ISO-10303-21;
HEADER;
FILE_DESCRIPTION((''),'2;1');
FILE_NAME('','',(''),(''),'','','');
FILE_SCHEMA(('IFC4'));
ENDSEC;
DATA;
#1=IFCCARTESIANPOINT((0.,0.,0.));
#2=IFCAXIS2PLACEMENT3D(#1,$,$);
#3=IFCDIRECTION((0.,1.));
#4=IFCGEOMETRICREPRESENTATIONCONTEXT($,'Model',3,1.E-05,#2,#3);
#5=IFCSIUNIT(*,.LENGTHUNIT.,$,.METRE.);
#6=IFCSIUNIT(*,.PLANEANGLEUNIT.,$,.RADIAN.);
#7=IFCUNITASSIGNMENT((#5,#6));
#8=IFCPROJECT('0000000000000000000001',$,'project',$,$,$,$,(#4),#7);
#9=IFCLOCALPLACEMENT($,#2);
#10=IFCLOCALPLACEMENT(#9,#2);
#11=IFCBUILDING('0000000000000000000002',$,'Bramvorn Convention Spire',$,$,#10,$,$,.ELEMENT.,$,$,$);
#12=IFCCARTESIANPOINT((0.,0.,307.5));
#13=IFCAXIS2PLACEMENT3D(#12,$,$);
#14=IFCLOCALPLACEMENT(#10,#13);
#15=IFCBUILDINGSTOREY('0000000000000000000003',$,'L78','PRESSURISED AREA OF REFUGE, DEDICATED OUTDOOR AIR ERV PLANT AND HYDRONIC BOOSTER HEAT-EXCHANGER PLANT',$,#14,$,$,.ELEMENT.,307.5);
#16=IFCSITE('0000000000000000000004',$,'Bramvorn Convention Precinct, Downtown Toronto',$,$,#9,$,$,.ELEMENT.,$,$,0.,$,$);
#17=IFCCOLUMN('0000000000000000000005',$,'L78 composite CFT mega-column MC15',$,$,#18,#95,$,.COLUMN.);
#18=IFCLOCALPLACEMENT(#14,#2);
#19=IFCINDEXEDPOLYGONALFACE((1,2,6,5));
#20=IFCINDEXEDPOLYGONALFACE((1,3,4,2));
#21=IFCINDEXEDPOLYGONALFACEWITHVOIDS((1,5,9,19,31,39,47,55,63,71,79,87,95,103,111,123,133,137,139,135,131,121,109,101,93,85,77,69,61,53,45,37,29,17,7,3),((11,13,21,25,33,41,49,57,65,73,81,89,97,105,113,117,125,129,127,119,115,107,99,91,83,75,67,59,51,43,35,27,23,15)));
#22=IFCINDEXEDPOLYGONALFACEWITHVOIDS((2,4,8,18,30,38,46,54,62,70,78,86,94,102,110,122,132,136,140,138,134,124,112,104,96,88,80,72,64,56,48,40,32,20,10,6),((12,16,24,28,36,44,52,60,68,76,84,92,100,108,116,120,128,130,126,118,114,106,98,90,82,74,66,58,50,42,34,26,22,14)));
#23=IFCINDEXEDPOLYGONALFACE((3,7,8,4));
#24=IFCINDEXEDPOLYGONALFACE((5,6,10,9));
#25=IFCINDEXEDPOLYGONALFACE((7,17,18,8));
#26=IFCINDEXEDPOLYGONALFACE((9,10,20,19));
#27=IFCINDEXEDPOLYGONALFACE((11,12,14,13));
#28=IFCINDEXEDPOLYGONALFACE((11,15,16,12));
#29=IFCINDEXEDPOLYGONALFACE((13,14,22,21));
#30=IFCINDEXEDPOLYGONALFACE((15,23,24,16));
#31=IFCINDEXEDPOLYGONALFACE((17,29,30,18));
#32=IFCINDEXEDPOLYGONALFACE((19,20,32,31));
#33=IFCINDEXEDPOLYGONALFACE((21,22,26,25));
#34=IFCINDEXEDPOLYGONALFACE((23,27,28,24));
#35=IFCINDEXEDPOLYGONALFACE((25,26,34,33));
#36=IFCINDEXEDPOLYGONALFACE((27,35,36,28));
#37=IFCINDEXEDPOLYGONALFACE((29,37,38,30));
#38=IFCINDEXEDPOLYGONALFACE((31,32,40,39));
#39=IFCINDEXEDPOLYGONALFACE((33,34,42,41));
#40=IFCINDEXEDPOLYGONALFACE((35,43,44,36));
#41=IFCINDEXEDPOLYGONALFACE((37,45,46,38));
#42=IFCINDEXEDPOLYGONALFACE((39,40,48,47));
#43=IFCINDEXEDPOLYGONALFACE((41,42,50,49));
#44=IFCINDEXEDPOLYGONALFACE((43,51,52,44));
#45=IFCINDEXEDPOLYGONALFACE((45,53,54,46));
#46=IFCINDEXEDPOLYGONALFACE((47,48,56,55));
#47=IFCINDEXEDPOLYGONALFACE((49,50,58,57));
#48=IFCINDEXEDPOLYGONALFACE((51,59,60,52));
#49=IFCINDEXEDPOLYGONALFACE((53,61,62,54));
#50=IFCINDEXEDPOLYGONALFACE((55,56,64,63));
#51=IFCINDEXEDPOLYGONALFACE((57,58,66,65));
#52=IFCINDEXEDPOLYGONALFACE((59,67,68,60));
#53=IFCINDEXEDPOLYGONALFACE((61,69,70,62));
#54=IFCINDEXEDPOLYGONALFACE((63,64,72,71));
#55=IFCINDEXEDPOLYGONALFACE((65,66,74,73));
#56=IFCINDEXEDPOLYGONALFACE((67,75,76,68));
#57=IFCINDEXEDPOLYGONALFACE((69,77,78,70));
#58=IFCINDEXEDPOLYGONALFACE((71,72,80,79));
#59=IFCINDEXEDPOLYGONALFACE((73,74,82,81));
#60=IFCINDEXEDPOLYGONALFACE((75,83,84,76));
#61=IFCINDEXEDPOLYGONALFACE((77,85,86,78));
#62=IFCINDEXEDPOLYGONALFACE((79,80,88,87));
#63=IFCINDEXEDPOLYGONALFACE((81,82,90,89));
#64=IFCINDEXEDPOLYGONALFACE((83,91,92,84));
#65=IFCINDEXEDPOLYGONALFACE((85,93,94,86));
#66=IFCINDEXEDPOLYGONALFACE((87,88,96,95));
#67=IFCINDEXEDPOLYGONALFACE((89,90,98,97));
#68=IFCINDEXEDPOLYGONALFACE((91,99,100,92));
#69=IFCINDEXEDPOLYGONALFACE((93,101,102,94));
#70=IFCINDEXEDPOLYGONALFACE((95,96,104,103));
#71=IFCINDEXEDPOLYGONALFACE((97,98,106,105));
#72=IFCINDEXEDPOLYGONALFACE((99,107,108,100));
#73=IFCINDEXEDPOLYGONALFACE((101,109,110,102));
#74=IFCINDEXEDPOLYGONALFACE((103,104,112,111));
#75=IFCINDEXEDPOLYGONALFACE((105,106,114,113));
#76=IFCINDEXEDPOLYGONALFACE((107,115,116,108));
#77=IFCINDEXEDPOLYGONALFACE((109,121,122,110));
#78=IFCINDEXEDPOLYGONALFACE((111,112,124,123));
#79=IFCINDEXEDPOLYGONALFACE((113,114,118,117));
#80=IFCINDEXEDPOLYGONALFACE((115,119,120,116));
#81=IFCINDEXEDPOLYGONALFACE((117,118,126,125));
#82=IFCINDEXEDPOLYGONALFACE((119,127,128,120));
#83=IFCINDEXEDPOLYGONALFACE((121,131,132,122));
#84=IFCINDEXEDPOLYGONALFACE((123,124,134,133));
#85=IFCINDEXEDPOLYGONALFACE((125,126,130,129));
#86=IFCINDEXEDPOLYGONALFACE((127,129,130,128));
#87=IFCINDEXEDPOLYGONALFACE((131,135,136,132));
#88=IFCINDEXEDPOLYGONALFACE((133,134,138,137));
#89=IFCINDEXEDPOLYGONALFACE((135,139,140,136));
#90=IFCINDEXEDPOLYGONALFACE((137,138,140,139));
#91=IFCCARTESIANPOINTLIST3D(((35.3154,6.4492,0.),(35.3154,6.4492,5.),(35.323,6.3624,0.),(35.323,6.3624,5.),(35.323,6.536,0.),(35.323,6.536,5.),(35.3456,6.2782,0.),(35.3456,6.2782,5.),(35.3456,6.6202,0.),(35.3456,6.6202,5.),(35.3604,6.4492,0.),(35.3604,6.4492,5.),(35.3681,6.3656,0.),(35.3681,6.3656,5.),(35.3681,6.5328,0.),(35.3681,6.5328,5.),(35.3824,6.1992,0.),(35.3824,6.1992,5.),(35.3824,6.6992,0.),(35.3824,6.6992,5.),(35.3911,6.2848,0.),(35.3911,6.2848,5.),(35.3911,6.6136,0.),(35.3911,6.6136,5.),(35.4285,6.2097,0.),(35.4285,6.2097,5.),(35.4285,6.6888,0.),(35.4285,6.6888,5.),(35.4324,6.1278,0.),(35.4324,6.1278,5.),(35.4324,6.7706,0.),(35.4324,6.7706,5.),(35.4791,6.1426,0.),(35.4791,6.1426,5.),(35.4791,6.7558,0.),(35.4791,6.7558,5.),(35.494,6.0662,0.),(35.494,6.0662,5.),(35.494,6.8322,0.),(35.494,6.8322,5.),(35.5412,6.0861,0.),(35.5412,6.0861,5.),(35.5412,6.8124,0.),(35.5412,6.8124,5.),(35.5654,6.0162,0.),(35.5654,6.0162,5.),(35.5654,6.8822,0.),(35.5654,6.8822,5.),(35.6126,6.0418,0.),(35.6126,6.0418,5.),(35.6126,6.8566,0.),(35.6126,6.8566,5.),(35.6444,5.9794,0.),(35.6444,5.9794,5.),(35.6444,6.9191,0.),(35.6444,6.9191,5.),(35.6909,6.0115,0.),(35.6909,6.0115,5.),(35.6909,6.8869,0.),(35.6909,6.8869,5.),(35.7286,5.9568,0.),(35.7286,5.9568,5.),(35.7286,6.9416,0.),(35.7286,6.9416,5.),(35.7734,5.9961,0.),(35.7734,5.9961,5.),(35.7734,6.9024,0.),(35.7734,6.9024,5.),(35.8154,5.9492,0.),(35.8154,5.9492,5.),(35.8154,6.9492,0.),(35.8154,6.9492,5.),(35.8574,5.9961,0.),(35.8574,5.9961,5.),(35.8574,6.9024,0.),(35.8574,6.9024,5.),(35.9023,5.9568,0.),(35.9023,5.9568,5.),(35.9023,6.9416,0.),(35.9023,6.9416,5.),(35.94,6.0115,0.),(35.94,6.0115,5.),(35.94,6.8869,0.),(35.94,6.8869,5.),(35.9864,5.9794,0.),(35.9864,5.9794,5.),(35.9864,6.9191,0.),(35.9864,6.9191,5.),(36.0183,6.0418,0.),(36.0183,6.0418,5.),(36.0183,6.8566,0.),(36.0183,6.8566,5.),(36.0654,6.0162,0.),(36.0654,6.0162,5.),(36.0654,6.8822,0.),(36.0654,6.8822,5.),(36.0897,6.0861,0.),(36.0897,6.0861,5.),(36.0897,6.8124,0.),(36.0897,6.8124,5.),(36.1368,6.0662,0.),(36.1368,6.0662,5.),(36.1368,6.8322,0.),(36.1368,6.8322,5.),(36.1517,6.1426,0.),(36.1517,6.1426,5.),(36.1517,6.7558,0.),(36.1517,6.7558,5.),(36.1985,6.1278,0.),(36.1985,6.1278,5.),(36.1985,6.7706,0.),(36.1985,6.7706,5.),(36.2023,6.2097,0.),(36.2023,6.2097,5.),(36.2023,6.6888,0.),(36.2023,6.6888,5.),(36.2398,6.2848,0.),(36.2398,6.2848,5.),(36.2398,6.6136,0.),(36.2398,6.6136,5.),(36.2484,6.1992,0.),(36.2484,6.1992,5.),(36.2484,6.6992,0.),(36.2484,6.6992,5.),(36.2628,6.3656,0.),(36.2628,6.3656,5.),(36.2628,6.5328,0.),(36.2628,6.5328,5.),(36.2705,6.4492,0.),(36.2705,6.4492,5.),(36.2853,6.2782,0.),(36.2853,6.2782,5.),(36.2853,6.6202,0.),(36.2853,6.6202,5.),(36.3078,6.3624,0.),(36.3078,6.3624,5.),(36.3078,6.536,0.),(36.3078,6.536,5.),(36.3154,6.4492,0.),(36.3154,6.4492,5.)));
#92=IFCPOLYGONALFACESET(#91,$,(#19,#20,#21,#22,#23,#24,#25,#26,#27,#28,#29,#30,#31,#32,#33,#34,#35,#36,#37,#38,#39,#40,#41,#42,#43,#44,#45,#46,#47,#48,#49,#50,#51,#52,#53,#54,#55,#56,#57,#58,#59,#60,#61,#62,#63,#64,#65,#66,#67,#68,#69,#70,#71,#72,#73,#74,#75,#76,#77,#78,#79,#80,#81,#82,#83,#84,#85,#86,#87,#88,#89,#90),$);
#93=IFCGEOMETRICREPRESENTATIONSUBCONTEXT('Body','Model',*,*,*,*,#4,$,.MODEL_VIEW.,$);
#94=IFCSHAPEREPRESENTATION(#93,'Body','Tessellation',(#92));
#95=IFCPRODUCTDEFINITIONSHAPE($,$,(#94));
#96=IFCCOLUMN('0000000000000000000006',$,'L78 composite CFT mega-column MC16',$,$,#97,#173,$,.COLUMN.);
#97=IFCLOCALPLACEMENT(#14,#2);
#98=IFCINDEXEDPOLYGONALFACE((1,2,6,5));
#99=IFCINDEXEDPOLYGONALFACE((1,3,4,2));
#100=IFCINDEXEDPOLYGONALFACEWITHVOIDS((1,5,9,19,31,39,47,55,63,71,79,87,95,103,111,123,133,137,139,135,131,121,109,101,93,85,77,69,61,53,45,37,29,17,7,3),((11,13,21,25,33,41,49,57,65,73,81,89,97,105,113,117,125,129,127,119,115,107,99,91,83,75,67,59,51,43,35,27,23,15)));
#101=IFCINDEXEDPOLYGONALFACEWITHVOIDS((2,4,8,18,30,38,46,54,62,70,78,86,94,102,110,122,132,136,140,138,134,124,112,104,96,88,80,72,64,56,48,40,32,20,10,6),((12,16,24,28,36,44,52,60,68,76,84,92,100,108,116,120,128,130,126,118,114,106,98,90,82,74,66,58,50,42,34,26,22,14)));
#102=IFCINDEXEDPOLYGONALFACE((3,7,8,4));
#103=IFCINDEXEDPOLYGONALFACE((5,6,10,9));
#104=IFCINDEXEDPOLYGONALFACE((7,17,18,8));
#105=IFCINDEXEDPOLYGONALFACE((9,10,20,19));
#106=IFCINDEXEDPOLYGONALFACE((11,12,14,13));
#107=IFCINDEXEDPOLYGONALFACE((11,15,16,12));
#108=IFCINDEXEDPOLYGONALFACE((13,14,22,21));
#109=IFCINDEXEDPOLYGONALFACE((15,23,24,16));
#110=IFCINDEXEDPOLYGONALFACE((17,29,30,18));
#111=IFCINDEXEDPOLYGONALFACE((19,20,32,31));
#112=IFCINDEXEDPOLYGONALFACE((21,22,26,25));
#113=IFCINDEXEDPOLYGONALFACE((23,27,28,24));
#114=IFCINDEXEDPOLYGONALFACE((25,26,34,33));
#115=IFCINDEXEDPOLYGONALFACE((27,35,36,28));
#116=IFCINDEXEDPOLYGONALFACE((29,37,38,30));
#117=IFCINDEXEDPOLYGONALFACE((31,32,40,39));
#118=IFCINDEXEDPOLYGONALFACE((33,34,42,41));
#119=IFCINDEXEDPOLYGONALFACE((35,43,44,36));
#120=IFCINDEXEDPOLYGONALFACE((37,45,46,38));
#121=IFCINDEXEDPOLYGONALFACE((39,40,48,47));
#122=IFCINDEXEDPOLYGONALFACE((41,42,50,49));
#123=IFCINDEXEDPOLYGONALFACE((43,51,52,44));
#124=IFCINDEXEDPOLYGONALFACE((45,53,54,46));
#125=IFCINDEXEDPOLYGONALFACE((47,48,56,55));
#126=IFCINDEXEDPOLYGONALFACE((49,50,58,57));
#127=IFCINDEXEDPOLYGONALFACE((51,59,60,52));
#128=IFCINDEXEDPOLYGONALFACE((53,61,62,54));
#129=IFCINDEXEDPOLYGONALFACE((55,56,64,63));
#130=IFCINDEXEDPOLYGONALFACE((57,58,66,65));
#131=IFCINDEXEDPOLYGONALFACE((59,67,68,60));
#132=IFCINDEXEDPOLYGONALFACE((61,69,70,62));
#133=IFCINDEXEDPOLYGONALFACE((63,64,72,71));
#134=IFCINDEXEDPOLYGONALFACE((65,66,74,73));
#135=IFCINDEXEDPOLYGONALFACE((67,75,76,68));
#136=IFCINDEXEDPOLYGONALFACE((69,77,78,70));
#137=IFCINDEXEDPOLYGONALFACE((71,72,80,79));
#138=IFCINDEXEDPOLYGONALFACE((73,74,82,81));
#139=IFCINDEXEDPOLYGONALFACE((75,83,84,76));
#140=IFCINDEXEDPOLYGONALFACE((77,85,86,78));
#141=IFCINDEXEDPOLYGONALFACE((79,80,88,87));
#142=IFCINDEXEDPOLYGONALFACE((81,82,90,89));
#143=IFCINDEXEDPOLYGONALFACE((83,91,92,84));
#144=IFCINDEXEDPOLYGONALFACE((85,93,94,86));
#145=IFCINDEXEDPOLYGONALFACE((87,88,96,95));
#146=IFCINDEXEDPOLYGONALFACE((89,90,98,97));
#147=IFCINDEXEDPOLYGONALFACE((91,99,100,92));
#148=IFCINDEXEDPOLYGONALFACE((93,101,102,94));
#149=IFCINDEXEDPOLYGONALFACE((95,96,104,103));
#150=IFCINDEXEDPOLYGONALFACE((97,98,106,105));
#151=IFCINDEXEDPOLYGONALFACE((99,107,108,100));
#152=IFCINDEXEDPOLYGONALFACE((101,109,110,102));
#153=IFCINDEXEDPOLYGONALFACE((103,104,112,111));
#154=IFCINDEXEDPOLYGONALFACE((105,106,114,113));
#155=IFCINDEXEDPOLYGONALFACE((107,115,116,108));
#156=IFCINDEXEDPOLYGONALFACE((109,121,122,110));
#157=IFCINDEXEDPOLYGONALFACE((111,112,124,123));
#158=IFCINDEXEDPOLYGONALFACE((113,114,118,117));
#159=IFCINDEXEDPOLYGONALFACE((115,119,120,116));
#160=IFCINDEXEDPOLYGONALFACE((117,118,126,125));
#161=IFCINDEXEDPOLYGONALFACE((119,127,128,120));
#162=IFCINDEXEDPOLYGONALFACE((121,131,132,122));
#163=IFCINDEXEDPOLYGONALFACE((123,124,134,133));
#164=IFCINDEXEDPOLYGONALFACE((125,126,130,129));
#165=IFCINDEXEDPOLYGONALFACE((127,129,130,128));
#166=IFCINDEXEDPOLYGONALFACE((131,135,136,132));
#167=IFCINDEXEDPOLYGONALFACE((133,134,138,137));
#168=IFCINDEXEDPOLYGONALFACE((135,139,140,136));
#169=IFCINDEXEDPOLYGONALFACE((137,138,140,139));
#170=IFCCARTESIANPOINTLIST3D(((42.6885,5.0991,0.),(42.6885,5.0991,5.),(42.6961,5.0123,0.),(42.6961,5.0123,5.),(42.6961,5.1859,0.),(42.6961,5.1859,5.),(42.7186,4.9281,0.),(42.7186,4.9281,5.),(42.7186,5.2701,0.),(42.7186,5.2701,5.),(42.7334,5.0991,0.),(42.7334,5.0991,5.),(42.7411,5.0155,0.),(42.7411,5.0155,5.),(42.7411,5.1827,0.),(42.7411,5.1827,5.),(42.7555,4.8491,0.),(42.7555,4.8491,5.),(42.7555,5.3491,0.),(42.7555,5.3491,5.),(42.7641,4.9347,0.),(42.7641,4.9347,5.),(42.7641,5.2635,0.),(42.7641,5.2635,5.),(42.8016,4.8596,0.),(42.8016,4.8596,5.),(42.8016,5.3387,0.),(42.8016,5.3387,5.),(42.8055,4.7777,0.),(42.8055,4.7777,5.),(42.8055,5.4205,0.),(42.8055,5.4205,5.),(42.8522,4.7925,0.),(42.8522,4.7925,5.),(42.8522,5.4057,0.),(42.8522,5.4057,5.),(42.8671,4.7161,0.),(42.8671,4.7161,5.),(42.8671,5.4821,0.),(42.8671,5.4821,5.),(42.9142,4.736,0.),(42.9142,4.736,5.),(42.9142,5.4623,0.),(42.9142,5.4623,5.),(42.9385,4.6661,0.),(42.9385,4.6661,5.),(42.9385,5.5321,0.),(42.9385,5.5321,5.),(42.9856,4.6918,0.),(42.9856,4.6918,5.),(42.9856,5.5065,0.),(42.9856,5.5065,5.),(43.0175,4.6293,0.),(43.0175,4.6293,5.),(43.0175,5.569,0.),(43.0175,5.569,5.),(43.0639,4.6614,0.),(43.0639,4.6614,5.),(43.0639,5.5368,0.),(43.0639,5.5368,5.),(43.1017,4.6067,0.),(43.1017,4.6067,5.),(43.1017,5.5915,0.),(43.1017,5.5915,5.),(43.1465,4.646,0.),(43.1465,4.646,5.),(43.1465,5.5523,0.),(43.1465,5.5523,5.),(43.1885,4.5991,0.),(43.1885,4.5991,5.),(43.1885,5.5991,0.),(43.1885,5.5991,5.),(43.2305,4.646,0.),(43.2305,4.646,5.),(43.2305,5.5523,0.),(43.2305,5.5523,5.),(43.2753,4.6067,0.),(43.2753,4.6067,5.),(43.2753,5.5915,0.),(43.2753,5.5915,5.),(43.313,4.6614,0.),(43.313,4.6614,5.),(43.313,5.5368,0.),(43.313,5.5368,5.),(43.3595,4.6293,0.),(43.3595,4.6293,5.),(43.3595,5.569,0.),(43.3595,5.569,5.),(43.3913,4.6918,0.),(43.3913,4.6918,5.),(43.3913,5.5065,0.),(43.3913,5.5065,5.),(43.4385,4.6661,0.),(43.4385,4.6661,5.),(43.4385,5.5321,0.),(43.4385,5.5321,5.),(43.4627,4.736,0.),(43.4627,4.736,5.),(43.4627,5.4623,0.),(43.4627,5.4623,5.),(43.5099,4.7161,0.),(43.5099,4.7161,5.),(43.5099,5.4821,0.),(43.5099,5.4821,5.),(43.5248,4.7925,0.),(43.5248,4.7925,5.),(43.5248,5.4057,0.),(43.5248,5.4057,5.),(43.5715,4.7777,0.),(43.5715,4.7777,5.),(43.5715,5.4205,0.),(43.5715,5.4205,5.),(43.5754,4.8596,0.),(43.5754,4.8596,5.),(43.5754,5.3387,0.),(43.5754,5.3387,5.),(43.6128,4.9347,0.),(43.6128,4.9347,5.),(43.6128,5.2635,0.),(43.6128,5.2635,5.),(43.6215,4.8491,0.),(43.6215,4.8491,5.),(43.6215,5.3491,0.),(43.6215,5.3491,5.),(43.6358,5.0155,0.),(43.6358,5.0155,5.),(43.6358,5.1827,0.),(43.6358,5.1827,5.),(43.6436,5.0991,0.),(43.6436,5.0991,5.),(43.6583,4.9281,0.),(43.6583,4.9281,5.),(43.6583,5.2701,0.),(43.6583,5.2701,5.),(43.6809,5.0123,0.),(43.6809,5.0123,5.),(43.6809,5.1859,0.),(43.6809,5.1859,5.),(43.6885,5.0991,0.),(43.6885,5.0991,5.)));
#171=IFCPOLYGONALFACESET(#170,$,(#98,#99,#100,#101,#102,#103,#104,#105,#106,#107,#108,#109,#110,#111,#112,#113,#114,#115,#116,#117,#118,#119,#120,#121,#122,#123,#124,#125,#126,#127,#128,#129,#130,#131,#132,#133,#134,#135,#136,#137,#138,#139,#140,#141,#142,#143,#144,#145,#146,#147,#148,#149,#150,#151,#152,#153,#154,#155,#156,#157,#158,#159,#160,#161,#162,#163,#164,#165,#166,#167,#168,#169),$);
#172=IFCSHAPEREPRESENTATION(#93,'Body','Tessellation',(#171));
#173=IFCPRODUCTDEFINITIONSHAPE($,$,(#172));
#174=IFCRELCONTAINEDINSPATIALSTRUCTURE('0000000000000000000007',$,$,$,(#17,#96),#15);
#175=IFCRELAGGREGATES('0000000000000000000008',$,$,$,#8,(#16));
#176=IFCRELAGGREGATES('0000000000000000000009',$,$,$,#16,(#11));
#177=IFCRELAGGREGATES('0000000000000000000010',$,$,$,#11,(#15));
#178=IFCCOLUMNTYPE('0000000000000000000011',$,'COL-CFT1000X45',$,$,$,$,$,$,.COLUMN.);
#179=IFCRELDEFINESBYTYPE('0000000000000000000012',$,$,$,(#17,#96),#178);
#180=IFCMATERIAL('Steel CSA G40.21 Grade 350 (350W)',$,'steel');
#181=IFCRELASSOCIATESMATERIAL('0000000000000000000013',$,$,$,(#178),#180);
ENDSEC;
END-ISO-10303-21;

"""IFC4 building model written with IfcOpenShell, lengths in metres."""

from ifc_helpers import new_model, si_unit, direction, frame, origin, origin_2d, place, context, subcontext, project, spatial, hollow_circle, extrude, material, material_profile, profile_set, type_object, element, save


model = new_model("IFC4")

# Units and contexts
model_context = context("Model", 3, precision=1e-05, world=origin(), true_north=direction((0.0, 1.0)))
body_context = subcontext(model_context, "Body", "Model", "MODEL_VIEW")
ifc_project = project(units=[si_unit("LENGTHUNIT", "METRE"), si_unit("PLANEANGLEUNIT", "RADIAN")], contexts=[model_context])

# Site, building, storey
site_placement = place(None, origin())
site = spatial("IfcSite", under=ifc_project, at=site_placement, Name="Bramvorn Convention Precinct, Downtown Toronto", CompositionType="ELEMENT", RefElevation=0.0)
building_placement = place(site_placement, origin())
building = spatial("IfcBuilding", under=site, at=building_placement, Name="Bramvorn Convention Spire", CompositionType="ELEMENT")
storey_placement = place(building_placement, frame((0.0, 0.0, 307.5)))
storey = spatial("IfcBuildingStorey", under=building, at=storey_placement, Name="L78", Description="PRESSURISED AREA OF REFUGE, DEDICATED OUTDOOR AIR ERV PLANT AND HYDRONIC BOOSTER HEAT-EXCHANGER PLANT", CompositionType="ELEMENT", Elevation=307.5)

# Columns
ifc_material_1 = material(Name="Steel CSA G40.21 Grade 350 (350W)", Category="steel")
ifc_material_profile_1 = material_profile(ifc_material_1, hollow_circle(Radius=0.5, WallThickness=0.0449, at=origin_2d()))
ifc_profile_set_1 = profile_set([ifc_material_profile_1], Name="Steel CSA G40.21 Grade 350 (350W) - CFT1000X45")
column_type = type_object("IfcColumnType", Name="COL-CFT1000X45", PredefinedType="COLUMN", material=ifc_profile_set_1)
for number, where, z_axis, x_axis, name in (
    (1, (35.8154, 6.4492, 0.0), (0.0, 0.0, 1.0), (1.0, 0.0, 0.0), "L78 composite CFT mega-column MC15"),
    (2, (43.1885, 5.0991, 0.0), (0.0, 0.0, 1.0), (1.0, 0.0, 0.0), "L78 composite CFT mega-column MC16"),
):
    element("IfcColumn", number, at=place(storey_placement, frame(where, z_axis=z_axis, x_axis=x_axis)), inside=storey, type_object=column_type, Name=name, PredefinedType="COLUMN", context=body_context, shape_type="SweptSolid", body=[
        extrude(hollow_circle(Radius=0.5, WallThickness=0.0449, at=origin_2d()), origin(), (0.0, 0.0, 1.0), 5.0),
    ])

save(model, "model.ifc")
